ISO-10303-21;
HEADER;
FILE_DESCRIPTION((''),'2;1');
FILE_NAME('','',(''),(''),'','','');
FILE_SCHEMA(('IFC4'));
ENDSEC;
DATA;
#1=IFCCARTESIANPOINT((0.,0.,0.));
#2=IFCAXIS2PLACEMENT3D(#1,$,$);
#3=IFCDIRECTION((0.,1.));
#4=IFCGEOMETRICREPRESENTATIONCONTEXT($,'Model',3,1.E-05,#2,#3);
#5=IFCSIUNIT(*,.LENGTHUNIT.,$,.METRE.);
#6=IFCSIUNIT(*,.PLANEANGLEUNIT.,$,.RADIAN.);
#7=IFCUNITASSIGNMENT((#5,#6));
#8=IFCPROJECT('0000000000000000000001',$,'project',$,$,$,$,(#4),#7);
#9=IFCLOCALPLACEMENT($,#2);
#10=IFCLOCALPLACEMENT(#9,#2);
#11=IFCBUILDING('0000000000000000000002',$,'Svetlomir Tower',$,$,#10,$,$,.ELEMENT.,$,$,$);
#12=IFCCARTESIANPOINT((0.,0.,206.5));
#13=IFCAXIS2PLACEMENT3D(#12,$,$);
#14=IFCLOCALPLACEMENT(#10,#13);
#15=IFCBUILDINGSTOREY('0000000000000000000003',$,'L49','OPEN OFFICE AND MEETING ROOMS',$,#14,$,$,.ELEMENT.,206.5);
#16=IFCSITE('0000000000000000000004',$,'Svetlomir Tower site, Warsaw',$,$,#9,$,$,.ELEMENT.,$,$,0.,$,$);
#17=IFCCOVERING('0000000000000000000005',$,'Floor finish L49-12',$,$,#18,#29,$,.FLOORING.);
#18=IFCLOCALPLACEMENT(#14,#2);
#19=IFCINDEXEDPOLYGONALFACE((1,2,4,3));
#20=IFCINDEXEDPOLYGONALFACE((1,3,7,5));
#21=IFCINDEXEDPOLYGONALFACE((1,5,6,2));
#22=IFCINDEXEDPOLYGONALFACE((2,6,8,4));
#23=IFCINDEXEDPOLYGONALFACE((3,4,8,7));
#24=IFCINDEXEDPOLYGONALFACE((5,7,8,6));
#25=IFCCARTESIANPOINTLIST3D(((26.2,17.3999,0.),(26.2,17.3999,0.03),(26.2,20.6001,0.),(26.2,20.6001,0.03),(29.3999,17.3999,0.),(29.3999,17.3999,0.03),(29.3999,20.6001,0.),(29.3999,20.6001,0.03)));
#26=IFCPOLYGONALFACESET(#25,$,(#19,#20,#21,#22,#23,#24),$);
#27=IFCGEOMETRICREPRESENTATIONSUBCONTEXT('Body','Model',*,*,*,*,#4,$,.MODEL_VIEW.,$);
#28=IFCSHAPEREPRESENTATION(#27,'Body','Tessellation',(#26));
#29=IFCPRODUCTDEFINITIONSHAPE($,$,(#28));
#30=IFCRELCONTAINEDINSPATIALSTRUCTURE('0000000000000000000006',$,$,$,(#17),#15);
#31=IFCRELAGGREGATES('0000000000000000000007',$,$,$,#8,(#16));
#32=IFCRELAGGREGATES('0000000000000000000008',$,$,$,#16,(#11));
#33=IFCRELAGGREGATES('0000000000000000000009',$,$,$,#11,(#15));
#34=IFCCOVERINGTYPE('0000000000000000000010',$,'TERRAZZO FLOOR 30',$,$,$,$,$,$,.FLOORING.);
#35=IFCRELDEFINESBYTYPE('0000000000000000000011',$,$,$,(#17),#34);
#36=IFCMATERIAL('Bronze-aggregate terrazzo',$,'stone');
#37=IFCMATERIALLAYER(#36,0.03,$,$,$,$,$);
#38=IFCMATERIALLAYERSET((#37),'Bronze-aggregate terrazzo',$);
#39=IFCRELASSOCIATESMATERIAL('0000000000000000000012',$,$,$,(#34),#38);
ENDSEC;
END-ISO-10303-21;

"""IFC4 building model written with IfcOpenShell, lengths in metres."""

from ifc_helpers import new_model, si_unit, direction, frame, origin, place, context, subcontext, project, spatial, polyline, outline, extrude, material, layer, layer_set, type_object, element, save


model = new_model("IFC4")

# Units and contexts
model_context = context("Model", 3, precision=1e-05, world=origin(), true_north=direction((0.0, 1.0)))
body_context = subcontext(model_context, "Body", "Model", "MODEL_VIEW")
ifc_project = project(units=[si_unit("LENGTHUNIT", "METRE"), si_unit("PLANEANGLEUNIT", "RADIAN")], contexts=[model_context])

# Site, building, storey
site_placement = place(None, origin())
site = spatial("IfcSite", under=ifc_project, at=site_placement, Name="Svetlomir Tower site, Warsaw", CompositionType="ELEMENT", RefElevation=0.0)
building_placement = place(site_placement, origin())
building = spatial("IfcBuilding", under=site, at=building_placement, Name="Svetlomir Tower", CompositionType="ELEMENT")
storey_placement = place(building_placement, frame((0.0, 0.0, 206.5)))
storey = spatial("IfcBuildingStorey", under=building, at=storey_placement, Name="L49", Description="OPEN OFFICE AND MEETING ROOMS", CompositionType="ELEMENT", Elevation=206.5)

# Covering
ifc_material_1 = material(Name="Bronze-aggregate terrazzo", Category="stone")
ifc_layer_1 = layer(ifc_material_1, 0.03)
ifc_layer_set_1 = layer_set([ifc_layer_1], Name="Bronze-aggregate terrazzo")
covering_type_1 = type_object("IfcCoveringType", Name="TERRAZZO FLOOR 30", PredefinedType="FLOORING", material=ifc_layer_set_1)
covering_1_placement = place(storey_placement, origin())
element("IfcCovering", 1, at=covering_1_placement, inside=storey, type_object=covering_type_1, Name="Floor finish L49-12", PredefinedType="FLOORING", context=body_context, shape_type="SweptSolid", body=[
    extrude(outline(polyline([(26.2, 17.3999), (29.3999, 17.3999), (29.3999, 20.6001), (26.2, 20.6001), (26.2, 17.3999)])), origin(), (0.0, 0.0, 1.0), 0.03),
])

save(model, "model.ifc")
